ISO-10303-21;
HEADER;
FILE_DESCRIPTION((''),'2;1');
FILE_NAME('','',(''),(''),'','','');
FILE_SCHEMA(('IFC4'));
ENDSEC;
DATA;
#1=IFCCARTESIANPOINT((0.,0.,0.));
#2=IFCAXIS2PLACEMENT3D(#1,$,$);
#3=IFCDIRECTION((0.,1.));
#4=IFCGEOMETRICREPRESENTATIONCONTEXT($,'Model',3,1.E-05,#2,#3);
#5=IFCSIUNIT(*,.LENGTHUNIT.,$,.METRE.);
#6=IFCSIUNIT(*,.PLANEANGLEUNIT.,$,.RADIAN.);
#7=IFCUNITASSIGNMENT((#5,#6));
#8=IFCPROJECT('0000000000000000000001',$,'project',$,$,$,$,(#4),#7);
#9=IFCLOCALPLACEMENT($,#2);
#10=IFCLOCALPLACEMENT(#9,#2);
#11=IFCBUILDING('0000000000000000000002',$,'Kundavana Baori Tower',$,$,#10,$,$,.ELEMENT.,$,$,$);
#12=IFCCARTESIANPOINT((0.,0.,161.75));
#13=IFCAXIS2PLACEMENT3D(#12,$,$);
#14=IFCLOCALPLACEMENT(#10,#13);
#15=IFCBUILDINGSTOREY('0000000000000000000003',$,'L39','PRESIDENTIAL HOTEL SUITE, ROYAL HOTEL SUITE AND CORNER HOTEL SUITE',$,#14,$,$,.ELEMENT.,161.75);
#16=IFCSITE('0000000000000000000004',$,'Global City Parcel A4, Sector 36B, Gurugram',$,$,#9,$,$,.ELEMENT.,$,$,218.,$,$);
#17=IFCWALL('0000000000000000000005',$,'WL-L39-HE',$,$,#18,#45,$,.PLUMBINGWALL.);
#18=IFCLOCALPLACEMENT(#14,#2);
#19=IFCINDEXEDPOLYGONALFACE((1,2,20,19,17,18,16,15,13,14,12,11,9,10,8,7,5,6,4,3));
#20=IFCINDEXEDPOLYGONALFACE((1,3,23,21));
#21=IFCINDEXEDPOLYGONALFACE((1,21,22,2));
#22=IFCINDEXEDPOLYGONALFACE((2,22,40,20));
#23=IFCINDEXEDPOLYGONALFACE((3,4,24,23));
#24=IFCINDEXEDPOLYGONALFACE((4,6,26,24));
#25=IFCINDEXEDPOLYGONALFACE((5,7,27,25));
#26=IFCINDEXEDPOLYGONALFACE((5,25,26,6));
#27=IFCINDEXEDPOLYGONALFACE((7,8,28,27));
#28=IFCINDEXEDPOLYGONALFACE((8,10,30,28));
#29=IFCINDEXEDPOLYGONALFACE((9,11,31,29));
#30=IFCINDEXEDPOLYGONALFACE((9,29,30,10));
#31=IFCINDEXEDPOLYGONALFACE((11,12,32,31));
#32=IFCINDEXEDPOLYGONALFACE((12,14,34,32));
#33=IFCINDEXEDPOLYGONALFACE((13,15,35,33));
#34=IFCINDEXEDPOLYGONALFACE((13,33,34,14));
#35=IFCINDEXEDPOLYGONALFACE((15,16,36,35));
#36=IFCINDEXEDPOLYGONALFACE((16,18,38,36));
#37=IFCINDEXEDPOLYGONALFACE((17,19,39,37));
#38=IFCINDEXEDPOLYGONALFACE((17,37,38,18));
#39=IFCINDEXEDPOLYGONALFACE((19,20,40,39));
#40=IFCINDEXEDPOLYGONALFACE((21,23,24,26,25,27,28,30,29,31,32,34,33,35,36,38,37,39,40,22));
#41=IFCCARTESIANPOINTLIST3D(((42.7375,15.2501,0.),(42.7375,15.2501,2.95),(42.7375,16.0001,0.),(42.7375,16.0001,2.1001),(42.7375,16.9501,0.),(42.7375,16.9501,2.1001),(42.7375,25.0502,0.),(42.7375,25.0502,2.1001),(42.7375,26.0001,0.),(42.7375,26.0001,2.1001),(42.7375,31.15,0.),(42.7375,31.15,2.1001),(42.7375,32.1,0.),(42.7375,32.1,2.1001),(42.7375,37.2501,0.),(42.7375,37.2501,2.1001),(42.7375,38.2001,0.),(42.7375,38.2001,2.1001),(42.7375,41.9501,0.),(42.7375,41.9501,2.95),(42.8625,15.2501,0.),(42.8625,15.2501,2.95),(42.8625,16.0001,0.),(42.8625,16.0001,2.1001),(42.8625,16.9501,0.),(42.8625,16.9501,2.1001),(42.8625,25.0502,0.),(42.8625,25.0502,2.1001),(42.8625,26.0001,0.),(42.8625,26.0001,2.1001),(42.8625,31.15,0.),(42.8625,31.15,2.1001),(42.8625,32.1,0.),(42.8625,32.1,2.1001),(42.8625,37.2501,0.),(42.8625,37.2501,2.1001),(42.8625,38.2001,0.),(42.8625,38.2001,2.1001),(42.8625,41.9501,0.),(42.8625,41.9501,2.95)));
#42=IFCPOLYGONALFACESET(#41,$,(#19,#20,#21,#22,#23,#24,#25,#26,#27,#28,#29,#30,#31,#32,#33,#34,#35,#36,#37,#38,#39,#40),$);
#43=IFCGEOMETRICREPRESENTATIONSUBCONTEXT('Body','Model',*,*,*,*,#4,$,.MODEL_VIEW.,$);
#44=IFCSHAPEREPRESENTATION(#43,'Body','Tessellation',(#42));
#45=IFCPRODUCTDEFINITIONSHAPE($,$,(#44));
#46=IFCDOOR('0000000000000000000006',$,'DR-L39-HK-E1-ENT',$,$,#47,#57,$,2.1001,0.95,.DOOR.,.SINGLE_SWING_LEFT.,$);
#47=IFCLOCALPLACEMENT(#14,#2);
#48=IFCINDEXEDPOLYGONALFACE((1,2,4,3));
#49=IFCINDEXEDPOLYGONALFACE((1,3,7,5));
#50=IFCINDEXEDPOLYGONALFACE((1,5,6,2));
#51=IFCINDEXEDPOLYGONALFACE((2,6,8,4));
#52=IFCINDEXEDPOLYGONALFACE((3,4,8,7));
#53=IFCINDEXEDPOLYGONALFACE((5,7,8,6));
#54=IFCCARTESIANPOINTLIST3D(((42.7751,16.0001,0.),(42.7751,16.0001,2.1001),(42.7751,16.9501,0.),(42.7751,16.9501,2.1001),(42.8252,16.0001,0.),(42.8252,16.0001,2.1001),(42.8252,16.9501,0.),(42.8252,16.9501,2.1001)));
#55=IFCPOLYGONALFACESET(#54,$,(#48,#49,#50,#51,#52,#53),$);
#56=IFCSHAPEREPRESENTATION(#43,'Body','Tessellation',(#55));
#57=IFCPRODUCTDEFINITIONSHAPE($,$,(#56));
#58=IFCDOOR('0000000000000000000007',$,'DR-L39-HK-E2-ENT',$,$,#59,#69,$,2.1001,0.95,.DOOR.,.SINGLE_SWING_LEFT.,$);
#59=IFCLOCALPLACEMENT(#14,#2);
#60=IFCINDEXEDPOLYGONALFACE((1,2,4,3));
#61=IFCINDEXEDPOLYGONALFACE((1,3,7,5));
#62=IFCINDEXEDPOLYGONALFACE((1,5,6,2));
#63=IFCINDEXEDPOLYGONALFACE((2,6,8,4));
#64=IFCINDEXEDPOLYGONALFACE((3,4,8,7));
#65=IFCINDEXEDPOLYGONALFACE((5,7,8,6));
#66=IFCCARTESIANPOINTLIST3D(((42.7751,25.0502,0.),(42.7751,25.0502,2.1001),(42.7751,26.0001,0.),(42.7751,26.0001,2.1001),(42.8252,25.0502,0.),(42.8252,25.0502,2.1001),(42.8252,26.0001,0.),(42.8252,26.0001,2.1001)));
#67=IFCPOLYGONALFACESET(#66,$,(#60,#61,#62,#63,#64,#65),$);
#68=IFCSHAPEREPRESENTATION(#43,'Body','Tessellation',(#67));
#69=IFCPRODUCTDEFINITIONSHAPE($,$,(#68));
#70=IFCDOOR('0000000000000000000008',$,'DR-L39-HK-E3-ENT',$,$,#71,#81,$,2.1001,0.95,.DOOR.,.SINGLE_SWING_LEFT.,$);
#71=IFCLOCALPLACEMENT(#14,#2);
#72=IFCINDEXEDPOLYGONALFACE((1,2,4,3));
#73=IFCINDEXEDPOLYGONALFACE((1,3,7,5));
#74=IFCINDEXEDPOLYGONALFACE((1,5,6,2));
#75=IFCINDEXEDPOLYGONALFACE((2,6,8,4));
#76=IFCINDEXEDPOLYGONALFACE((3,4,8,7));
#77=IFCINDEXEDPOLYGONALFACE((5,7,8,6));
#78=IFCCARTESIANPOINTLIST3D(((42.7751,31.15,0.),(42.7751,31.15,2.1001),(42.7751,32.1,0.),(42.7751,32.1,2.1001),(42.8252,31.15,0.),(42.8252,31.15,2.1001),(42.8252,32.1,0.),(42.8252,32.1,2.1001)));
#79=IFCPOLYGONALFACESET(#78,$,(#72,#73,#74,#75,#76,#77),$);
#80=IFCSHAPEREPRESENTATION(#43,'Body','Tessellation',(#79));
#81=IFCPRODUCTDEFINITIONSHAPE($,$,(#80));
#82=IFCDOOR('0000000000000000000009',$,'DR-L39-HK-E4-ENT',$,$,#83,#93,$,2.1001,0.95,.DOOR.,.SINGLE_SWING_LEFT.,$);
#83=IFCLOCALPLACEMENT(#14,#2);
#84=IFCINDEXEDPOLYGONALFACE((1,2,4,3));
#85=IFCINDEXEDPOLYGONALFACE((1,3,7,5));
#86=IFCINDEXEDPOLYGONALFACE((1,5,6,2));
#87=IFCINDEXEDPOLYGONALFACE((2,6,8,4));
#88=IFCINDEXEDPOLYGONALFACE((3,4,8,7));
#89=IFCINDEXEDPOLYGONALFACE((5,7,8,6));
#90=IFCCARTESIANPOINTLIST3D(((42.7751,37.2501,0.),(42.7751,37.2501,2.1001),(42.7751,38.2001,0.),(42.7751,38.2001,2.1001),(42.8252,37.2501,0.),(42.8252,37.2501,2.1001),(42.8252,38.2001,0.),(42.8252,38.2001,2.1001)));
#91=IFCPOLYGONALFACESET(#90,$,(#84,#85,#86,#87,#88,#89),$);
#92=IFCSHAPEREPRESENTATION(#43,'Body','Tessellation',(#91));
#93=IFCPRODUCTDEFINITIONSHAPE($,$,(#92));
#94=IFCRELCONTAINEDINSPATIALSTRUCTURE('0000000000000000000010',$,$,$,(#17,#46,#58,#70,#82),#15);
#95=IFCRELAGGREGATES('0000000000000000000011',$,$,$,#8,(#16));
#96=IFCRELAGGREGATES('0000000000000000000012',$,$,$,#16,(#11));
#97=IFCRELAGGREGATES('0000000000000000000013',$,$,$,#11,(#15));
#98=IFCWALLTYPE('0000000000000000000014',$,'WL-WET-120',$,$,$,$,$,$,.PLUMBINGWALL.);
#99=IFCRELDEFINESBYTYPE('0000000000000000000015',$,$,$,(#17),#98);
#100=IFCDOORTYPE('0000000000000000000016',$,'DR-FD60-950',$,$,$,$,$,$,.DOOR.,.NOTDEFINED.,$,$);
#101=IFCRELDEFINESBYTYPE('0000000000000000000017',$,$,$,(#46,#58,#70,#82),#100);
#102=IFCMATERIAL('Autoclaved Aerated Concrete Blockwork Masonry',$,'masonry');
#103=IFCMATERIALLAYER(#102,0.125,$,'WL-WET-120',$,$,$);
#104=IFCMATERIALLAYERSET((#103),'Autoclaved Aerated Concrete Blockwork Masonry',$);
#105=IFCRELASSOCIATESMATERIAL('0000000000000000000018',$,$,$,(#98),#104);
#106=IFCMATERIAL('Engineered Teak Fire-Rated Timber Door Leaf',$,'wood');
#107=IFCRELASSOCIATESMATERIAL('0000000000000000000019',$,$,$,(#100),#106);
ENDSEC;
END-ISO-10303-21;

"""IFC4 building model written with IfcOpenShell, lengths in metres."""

from ifc_helpers import new_model, si_unit, direction, frame, frame_2d, origin, place, context, subcontext, project, spatial, rectangle, extrude, material, layer, layer_set, type_object, element, fill, save


model = new_model("IFC4")

# Units and contexts
model_context = context("Model", 3, precision=1e-05, world=origin(), true_north=direction((0.0, 1.0)))
body_context = subcontext(model_context, "Body", "Model", "MODEL_VIEW")
ifc_project = project(units=[si_unit("LENGTHUNIT", "METRE"), si_unit("PLANEANGLEUNIT", "RADIAN")], contexts=[model_context])

# Site, building, storey
site_placement = place(None, origin())
site = spatial("IfcSite", under=ifc_project, at=site_placement, Name="Global City Parcel A4, Sector 36B, Gurugram", CompositionType="ELEMENT", RefElevation=218.0)
building_placement = place(site_placement, origin())
building = spatial("IfcBuilding", under=site, at=building_placement, Name="Kundavana Baori Tower", CompositionType="ELEMENT")
storey_placement = place(building_placement, frame((0.0, 0.0, 161.75)))
storey = spatial("IfcBuildingStorey", under=building, at=storey_placement, Name="L39", Description="PRESIDENTIAL HOTEL SUITE, ROYAL HOTEL SUITE AND CORNER HOTEL SUITE", CompositionType="ELEMENT", Elevation=161.75)

# Wall, openings, doors
ifc_material_1 = material(Name="Autoclaved Aerated Concrete Blockwork Masonry", Category="masonry")
ifc_layer_1 = layer(ifc_material_1, 0.125, Name="WL-WET-120")
ifc_layer_set_1 = layer_set([ifc_layer_1], Name="Autoclaved Aerated Concrete Blockwork Masonry")
wall_type_1 = type_object("IfcWallType", Name="WL-WET-120", PredefinedType="PLUMBINGWALL", material=ifc_layer_set_1)
wall_1_placement = place(storey_placement, frame((42.8, 15.25, 0.0), z_axis=(0.0, 0.0, 1.0), x_axis=(0.0, 1.0, 0.0)))
wall_1 = element("IfcWall", 1, at=wall_1_placement, inside=storey, type_object=wall_type_1, Name="WL-L39-HE", PredefinedType="PLUMBINGWALL", context=body_context, shape_type="SweptSolid", body=[
    extrude(rectangle(XDim=26.7, YDim=0.125, at=frame_2d((13.3501, 0.0))), origin(), (0.0, 0.0, 1.0), 2.95),
])
opening_1_placement = place(wall_1_placement, frame((0.75, 0.0, 0.0)))
opening_1 = element("IfcOpeningElement", 2, at=opening_1_placement, cuts=wall_1, PredefinedType="OPENING", context=body_context, shape_type="SweptSolid", body=[
    extrude(rectangle(XDim=0.95, YDim=2.1001, at=frame_2d((0.4751, 1.05))), frame((0.0, 0.0725, 0.0), z_axis=(0.0, -1.0, 0.0), x_axis=(1.0, 0.0, 0.0)), (0.0, 0.0, 1.0), 0.145),
])
opening_2_placement = place(wall_1_placement, frame((9.8, 0.0, 0.0)))
opening_2 = element("IfcOpeningElement", 3, at=opening_2_placement, cuts=wall_1, PredefinedType="OPENING", context=body_context, shape_type="SweptSolid", body=[
    extrude(rectangle(XDim=0.95, YDim=2.1001, at=frame_2d((0.4751, 1.05))), frame((0.0, 0.0725, 0.0), z_axis=(0.0, -1.0, 0.0), x_axis=(1.0, 0.0, 0.0)), (0.0, 0.0, 1.0), 0.145),
])
opening_3_placement = place(wall_1_placement, frame((15.8999, 0.0, 0.0)))
opening_3 = element("IfcOpeningElement", 4, at=opening_3_placement, cuts=wall_1, PredefinedType="OPENING", context=body_context, shape_type="SweptSolid", body=[
    extrude(rectangle(XDim=0.95, YDim=2.1001, at=frame_2d((0.4751, 1.05))), frame((0.0, 0.0725, 0.0), z_axis=(0.0, -1.0, 0.0), x_axis=(1.0, 0.0, 0.0)), (0.0, 0.0, 1.0), 0.145),
])
opening_4_placement = place(wall_1_placement, frame((22.0, 0.0, 0.0)))
opening_4 = element("IfcOpeningElement", 5, at=opening_4_placement, cuts=wall_1, PredefinedType="OPENING", context=body_context, shape_type="SweptSolid", body=[
    extrude(rectangle(XDim=0.95, YDim=2.1001, at=frame_2d((0.4751, 1.05))), frame((0.0, 0.0725, 0.0), z_axis=(0.0, -1.0, 0.0), x_axis=(1.0, 0.0, 0.0)), (0.0, 0.0, 1.0), 0.145),
])
ifc_material_2 = material(Name="Engineered Teak Fire-Rated Timber Door Leaf", Category="wood")
door_type_1 = type_object("IfcDoorType", Name="DR-FD60-950", OperationType="NOTDEFINED", PredefinedType="DOOR", material=ifc_material_2)
door_1_placement = place(opening_1_placement, origin())
door_1 = element("IfcDoor", 6, at=door_1_placement, inside=storey, type_object=door_type_1, Name="DR-L39-HK-E1-ENT", OperationType="SINGLE_SWING_LEFT", OverallHeight=2.1001, OverallWidth=0.95, PredefinedType="DOOR", context=body_context, shape_type="SweptSolid", body=[
    extrude(rectangle(XDim=0.95, YDim=2.1001, at=frame_2d((0.4751, 1.05))), frame((0.0, 0.0249, 0.0), z_axis=(0.0, -1.0, 0.0), x_axis=(1.0, 0.0, 0.0)), (0.0, 0.0, 1.0), 0.05),
])
fill(opening_1, door_1)
door_2_placement = place(opening_2_placement, origin())
door_2 = element("IfcDoor", 7, at=door_2_placement, inside=storey, type_object=door_type_1, Name="DR-L39-HK-E2-ENT", OperationType="SINGLE_SWING_LEFT", OverallHeight=2.1001, OverallWidth=0.95, PredefinedType="DOOR", context=body_context, shape_type="SweptSolid", body=[
    extrude(rectangle(XDim=0.95, YDim=2.1001, at=frame_2d((0.4751, 1.05))), frame((0.0, 0.0249, 0.0), z_axis=(0.0, -1.0, 0.0), x_axis=(1.0, 0.0, 0.0)), (0.0, 0.0, 1.0), 0.05),
])
fill(opening_2, door_2)
door_3_placement = place(opening_3_placement, origin())
door_3 = element("IfcDoor", 8, at=door_3_placement, inside=storey, type_object=door_type_1, Name="DR-L39-HK-E3-ENT", OperationType="SINGLE_SWING_LEFT", OverallHeight=2.1001, OverallWidth=0.95, PredefinedType="DOOR", context=body_context, shape_type="SweptSolid", body=[
    extrude(rectangle(XDim=0.95, YDim=2.1001, at=frame_2d((0.4751, 1.05))), frame((0.0, 0.0249, 0.0), z_axis=(0.0, -1.0, 0.0), x_axis=(1.0, 0.0, 0.0)), (0.0, 0.0, 1.0), 0.05),
])
fill(opening_3, door_3)
door_4_placement = place(opening_4_placement, origin())
door_4 = element("IfcDoor", 9, at=door_4_placement, inside=storey, type_object=door_type_1, Name="DR-L39-HK-E4-ENT", OperationType="SINGLE_SWING_LEFT", OverallHeight=2.1001, OverallWidth=0.95, PredefinedType="DOOR", context=body_context, shape_type="SweptSolid", body=[
    extrude(rectangle(XDim=0.95, YDim=2.1001, at=frame_2d((0.4751, 1.05))), frame((0.0, 0.0249, 0.0), z_axis=(0.0, -1.0, 0.0), x_axis=(1.0, 0.0, 0.0)), (0.0, 0.0, 1.0), 0.05),
])
fill(opening_4, door_4)

save(model, "model.ifc")
